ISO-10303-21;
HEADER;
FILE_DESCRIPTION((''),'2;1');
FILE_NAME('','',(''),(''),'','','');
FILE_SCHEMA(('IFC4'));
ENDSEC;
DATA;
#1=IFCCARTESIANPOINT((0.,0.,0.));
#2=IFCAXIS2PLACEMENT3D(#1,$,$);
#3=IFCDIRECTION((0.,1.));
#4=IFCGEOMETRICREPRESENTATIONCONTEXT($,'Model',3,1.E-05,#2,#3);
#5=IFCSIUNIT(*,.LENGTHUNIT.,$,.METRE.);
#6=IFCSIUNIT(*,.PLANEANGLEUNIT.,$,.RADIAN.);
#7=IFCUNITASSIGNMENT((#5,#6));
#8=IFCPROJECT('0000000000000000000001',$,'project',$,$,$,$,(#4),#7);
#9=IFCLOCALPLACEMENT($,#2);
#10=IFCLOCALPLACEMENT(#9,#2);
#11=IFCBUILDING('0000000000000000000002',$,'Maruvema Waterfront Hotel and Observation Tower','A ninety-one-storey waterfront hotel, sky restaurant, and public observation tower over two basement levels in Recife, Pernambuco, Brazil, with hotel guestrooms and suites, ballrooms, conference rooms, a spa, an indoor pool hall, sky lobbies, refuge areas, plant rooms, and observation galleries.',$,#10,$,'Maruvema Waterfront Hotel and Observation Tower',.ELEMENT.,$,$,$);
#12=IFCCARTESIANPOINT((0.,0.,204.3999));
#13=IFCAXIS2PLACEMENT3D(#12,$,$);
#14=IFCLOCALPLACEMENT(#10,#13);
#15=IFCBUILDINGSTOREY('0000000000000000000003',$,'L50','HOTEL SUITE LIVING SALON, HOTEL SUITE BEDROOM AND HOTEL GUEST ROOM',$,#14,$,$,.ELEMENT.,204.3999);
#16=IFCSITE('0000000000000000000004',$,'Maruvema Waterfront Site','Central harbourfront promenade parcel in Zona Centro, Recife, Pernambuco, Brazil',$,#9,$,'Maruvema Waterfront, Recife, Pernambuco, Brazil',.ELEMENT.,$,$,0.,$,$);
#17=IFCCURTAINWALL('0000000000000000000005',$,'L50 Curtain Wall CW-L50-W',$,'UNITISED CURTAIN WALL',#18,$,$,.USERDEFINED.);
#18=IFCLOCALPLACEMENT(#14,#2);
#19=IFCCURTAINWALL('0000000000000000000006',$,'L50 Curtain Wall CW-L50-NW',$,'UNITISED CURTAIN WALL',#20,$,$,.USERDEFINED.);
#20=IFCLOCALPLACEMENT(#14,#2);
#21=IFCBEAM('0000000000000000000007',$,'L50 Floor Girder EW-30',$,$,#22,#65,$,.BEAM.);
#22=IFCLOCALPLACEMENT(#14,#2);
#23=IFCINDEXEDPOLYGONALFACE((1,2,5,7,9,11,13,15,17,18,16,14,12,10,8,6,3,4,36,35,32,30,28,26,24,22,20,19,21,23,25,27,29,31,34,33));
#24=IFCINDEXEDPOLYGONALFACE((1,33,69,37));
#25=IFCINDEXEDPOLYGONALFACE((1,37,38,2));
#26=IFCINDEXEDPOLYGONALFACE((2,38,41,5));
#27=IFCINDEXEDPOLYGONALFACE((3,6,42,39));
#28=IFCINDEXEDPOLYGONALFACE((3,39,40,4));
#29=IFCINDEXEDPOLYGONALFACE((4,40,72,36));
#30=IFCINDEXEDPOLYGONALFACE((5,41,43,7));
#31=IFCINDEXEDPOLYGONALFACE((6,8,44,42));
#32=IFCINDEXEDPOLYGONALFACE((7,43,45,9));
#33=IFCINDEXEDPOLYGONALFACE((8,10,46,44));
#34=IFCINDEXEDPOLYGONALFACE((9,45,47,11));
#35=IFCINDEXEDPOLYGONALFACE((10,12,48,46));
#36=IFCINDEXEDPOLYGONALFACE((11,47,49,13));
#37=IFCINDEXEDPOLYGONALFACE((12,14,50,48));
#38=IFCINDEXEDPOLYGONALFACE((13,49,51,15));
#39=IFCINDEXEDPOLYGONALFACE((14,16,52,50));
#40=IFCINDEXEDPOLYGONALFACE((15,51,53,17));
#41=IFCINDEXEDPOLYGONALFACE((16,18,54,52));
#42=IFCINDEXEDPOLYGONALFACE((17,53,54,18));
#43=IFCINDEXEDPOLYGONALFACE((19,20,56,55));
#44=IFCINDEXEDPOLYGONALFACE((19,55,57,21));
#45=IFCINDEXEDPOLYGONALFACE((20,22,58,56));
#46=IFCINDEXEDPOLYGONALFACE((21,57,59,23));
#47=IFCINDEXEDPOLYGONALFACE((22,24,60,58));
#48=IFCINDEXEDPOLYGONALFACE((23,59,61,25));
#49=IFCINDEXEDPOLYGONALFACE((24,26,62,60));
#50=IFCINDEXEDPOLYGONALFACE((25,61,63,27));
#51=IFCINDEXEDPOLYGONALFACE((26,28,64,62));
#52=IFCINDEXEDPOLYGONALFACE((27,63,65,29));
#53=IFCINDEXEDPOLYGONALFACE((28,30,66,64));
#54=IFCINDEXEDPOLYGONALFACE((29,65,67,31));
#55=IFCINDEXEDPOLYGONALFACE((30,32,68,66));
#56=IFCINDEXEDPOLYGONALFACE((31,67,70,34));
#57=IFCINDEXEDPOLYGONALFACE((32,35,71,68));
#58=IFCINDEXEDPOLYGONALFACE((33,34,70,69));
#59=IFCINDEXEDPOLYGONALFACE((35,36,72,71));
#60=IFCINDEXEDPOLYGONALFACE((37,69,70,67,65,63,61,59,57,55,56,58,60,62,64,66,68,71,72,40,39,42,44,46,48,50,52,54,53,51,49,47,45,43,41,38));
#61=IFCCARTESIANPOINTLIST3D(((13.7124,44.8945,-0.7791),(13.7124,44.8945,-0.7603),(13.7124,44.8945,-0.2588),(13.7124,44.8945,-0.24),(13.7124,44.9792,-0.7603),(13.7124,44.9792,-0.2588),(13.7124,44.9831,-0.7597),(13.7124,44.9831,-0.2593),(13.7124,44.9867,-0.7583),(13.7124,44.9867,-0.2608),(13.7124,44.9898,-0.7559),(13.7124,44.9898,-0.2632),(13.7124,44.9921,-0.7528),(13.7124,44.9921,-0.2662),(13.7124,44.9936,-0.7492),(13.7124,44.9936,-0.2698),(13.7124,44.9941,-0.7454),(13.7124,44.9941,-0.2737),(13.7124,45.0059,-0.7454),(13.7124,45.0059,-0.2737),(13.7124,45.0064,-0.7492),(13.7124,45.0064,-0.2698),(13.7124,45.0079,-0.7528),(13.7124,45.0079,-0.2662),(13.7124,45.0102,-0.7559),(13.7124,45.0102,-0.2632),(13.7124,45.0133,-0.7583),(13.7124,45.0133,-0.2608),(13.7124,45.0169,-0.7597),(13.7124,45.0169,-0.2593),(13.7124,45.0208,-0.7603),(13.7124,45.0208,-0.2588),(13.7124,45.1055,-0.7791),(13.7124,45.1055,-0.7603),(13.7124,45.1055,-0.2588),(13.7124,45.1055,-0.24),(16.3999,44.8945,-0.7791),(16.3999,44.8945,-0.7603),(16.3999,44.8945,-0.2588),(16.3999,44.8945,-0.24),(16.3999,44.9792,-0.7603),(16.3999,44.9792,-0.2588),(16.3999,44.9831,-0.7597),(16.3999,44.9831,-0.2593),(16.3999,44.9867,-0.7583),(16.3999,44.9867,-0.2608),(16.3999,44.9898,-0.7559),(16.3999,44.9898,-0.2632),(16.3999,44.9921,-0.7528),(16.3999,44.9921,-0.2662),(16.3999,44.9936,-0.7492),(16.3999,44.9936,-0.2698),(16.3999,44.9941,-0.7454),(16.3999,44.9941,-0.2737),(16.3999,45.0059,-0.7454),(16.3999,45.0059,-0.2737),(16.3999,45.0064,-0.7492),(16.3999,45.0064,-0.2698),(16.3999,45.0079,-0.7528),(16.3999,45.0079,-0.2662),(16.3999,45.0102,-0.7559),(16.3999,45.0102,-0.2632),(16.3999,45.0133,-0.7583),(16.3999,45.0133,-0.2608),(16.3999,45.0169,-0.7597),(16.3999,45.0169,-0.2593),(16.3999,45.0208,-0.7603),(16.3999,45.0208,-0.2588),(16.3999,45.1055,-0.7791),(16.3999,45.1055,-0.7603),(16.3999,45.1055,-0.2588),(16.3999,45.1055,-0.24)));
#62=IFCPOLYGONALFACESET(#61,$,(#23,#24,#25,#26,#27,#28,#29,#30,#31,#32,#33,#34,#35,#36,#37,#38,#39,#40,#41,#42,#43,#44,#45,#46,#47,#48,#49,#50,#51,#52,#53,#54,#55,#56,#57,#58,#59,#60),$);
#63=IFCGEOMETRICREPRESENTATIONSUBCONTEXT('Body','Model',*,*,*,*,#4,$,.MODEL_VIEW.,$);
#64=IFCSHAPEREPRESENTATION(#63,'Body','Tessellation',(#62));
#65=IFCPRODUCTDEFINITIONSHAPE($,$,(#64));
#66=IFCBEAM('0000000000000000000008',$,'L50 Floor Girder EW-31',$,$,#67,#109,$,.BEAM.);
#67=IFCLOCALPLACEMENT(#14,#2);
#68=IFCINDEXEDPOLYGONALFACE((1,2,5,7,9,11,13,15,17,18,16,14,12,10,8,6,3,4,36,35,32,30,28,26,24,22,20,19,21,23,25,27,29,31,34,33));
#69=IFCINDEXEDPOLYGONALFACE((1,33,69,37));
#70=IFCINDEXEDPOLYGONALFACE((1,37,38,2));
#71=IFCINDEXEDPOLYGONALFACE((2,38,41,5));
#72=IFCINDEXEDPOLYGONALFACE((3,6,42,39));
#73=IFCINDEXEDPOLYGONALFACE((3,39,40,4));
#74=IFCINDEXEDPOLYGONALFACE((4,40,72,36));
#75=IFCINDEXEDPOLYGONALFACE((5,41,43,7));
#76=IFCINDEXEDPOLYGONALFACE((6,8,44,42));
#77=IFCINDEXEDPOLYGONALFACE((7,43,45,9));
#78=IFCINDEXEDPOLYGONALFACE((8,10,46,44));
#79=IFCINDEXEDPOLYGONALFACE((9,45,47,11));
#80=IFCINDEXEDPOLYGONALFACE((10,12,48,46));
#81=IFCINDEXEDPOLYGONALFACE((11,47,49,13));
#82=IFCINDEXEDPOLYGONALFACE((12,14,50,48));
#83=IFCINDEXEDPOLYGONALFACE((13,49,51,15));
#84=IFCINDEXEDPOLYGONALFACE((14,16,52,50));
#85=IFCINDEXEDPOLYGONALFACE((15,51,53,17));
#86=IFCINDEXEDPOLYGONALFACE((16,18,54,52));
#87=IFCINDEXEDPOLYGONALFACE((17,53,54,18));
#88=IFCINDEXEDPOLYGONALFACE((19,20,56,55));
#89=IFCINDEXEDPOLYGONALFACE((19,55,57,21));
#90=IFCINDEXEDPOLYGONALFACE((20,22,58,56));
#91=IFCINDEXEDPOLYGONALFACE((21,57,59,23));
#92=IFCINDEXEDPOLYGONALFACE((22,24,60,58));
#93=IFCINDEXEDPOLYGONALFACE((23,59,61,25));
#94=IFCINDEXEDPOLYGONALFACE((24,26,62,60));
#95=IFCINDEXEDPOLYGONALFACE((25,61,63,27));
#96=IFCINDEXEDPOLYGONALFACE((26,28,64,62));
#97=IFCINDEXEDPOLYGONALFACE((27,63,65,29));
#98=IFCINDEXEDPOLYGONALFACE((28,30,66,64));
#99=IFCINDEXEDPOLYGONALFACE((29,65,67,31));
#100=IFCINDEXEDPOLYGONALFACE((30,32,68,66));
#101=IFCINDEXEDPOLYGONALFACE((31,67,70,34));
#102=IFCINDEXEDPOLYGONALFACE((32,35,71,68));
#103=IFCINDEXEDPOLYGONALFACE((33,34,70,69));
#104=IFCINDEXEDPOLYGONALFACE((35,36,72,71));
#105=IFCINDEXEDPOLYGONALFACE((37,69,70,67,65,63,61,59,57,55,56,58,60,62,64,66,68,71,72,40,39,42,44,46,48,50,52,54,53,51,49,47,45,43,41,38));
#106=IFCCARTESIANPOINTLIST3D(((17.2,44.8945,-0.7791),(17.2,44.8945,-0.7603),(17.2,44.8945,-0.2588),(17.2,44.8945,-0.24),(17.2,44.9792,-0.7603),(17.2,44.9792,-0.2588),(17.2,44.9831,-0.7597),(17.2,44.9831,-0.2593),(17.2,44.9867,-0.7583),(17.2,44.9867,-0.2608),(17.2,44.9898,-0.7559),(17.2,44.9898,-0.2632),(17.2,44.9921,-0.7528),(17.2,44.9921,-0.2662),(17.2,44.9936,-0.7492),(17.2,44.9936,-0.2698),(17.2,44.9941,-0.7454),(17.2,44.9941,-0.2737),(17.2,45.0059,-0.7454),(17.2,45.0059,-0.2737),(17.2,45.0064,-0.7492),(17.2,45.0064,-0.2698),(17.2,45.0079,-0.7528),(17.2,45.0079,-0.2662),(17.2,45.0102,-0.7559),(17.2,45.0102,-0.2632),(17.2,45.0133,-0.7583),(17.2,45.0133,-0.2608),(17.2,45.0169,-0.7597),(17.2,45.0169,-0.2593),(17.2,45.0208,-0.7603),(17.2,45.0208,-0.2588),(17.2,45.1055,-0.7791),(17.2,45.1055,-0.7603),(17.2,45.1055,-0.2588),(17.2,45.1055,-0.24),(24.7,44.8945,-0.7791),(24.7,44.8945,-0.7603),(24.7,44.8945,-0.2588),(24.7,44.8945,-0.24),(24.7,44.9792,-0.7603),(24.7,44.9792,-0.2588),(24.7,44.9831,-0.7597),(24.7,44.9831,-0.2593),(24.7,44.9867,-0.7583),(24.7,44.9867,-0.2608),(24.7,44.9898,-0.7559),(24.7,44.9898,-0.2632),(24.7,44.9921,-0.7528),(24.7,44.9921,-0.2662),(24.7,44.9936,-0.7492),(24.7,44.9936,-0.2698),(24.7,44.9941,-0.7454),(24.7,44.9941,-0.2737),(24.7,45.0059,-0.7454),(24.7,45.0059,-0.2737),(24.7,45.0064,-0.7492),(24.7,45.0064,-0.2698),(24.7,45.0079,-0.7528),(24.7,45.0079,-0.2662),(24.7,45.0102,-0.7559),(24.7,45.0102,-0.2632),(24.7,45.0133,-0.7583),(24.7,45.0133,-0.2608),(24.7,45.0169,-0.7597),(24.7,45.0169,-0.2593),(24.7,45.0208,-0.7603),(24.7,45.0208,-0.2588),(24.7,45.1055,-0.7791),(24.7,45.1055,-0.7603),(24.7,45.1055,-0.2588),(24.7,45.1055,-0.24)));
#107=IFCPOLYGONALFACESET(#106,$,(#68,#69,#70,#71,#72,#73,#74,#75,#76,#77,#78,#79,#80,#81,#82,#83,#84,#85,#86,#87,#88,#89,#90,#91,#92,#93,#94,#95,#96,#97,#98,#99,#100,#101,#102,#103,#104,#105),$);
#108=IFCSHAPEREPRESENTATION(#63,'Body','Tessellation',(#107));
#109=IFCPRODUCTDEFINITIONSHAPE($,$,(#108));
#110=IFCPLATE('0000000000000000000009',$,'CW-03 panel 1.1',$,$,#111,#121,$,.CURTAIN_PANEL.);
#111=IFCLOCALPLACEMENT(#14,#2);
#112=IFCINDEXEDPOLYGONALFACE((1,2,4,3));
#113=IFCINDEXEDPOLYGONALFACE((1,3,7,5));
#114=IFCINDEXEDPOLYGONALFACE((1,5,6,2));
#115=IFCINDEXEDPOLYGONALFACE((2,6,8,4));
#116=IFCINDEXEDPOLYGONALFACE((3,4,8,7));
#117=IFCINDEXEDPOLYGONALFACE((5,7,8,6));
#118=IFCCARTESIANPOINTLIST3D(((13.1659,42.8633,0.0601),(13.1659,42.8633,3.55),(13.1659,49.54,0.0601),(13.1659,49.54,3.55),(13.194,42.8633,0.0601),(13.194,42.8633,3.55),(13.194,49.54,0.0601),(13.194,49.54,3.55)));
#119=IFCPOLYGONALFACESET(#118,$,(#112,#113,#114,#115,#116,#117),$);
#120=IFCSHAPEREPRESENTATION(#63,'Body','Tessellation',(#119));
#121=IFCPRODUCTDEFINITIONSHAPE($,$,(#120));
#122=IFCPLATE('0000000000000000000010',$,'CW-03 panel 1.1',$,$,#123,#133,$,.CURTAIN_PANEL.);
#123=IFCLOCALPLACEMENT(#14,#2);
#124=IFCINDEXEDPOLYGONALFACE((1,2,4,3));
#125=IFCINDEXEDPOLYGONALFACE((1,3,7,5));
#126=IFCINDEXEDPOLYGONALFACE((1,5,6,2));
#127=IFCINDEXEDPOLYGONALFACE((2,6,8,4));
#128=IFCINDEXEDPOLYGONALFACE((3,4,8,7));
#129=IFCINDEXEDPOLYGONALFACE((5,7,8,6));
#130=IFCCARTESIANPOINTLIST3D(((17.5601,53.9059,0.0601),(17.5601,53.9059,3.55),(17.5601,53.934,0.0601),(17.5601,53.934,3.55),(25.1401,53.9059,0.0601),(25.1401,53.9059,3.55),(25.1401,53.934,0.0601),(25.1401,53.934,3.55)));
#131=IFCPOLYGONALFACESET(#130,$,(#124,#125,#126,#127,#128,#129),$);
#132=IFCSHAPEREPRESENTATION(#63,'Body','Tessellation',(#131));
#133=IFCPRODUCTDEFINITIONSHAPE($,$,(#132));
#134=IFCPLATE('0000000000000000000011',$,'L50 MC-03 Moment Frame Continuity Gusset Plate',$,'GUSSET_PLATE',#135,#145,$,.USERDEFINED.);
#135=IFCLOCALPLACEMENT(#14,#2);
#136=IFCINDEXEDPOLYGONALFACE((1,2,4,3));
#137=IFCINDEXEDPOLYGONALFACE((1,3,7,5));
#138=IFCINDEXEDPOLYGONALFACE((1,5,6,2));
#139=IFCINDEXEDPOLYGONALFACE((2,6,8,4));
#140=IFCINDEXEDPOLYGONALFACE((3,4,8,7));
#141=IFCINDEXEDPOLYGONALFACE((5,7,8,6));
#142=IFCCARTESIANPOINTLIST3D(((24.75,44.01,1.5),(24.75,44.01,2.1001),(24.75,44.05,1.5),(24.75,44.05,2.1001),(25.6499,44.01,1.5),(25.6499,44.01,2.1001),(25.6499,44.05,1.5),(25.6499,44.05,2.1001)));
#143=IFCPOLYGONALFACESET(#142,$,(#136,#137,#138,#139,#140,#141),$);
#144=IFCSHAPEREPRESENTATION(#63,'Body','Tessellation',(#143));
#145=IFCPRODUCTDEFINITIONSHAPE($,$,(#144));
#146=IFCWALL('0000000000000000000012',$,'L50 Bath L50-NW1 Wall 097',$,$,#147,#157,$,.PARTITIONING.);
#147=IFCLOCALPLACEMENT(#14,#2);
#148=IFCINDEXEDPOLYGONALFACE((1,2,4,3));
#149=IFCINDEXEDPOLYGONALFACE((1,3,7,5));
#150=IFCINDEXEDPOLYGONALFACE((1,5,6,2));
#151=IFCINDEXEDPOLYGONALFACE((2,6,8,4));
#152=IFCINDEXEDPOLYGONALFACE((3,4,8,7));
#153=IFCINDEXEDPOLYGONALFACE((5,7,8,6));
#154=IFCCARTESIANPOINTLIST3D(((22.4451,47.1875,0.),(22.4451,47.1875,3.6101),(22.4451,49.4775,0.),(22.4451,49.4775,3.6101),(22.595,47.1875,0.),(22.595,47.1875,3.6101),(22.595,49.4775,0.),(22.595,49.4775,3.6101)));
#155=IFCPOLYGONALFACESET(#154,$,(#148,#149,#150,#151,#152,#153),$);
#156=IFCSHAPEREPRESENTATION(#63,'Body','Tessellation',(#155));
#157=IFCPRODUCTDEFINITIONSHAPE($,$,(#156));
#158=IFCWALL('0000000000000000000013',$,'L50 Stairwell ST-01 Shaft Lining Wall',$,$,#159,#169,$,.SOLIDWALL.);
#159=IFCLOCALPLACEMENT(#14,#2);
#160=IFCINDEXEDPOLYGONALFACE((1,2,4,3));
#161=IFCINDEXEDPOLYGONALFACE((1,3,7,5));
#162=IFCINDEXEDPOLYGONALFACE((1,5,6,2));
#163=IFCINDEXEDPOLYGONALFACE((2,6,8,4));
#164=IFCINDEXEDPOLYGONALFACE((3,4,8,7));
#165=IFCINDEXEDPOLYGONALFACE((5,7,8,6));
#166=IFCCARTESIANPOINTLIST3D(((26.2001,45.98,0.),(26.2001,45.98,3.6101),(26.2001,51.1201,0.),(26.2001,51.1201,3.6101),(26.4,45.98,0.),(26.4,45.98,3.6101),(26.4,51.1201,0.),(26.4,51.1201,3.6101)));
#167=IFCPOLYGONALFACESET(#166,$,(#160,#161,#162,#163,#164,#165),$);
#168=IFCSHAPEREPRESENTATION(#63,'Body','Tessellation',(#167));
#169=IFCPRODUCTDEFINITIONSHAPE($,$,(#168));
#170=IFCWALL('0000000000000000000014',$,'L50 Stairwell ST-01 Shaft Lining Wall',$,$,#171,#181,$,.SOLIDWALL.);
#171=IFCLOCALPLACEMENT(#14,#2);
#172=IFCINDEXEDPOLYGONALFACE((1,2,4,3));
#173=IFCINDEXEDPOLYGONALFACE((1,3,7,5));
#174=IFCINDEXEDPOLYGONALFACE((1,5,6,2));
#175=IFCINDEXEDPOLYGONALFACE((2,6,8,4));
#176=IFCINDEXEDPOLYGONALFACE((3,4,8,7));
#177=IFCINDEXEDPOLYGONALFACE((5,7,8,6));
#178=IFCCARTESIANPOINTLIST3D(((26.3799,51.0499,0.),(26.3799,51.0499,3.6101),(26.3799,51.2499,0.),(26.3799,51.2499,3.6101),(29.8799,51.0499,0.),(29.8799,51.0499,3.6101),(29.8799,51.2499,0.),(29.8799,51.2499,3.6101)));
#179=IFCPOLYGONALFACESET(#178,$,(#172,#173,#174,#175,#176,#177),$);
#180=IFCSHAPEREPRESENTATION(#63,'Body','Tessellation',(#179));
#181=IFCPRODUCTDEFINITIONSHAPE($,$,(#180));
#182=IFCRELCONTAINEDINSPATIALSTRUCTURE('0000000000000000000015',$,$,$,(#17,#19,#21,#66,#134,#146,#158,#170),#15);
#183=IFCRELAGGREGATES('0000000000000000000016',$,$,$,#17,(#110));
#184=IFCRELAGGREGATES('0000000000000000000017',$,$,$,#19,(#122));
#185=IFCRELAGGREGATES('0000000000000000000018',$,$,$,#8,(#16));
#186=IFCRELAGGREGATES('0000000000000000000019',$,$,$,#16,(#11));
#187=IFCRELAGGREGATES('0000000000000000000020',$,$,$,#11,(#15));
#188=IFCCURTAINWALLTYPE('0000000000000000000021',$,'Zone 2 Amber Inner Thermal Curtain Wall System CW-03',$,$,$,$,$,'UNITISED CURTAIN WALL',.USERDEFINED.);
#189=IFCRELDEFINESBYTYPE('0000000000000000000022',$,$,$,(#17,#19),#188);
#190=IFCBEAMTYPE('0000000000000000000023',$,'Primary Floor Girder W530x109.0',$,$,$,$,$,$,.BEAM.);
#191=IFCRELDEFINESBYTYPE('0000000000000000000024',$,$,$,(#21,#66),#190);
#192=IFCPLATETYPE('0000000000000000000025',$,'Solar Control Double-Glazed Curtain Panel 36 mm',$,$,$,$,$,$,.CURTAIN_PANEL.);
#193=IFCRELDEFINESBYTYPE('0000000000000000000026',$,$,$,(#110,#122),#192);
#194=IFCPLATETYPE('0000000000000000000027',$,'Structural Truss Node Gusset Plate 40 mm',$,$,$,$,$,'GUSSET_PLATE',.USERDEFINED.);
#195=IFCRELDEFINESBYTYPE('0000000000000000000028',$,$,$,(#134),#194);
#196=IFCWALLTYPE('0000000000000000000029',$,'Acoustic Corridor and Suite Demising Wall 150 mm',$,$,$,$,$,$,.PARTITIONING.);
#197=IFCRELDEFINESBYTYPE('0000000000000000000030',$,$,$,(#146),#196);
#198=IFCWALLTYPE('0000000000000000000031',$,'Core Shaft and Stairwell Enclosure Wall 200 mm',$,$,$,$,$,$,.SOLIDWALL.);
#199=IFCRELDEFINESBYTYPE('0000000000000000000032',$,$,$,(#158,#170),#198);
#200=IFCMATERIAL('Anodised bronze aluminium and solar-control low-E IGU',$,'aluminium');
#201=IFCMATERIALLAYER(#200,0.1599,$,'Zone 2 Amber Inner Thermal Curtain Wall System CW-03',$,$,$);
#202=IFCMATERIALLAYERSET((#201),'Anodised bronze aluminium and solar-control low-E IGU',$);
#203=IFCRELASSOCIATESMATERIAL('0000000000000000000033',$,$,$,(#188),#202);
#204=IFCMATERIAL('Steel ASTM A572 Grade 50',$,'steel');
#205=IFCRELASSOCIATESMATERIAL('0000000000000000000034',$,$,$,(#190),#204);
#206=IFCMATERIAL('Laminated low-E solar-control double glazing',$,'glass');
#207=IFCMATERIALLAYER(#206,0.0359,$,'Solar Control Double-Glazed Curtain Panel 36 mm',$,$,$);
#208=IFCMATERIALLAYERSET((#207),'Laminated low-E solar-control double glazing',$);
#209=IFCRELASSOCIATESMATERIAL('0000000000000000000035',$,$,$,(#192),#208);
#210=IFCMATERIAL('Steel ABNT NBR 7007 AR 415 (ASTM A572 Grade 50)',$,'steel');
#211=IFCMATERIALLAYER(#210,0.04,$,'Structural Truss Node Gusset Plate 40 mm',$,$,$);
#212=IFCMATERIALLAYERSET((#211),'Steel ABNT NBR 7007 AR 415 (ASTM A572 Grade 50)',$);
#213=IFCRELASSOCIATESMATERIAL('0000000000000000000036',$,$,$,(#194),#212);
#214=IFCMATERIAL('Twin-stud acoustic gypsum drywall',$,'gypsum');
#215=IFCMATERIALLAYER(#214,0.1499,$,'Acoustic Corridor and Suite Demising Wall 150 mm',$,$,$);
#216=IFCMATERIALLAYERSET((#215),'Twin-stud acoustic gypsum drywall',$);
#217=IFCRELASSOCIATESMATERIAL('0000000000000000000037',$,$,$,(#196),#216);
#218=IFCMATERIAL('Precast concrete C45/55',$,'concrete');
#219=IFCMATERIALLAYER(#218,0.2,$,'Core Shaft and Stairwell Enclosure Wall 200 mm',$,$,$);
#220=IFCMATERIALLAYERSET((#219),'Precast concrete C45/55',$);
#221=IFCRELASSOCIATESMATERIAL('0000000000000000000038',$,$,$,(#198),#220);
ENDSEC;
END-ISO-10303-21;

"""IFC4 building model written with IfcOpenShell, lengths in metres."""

from ifc_helpers import new_model, si_unit, direction, frame, frame_2d, origin, origin_2d, place, context, subcontext, project, spatial, rectangle, i_section, extrude, material, layer, layer_set, material_profile, profile_set, type_object, element, aggregate, save


model = new_model("IFC4")

# Units and contexts
model_context = context("Model", 3, precision=1e-05, world=origin(), true_north=direction((0.0, 1.0)))
body_context = subcontext(model_context, "Body", "Model", "MODEL_VIEW")
ifc_project = project(units=[si_unit("LENGTHUNIT", "METRE"), si_unit("PLANEANGLEUNIT", "RADIAN")], contexts=[model_context])

# Site, building, storey
site_placement = place(None, origin())
site = spatial("IfcSite", under=ifc_project, at=site_placement, Name="Maruvema Waterfront Site", Description="Central harbourfront promenade parcel in Zona Centro, Recife, Pernambuco, Brazil", LongName="Maruvema Waterfront, Recife, Pernambuco, Brazil", CompositionType="ELEMENT", RefElevation=0.0)
building_placement = place(site_placement, origin())
building = spatial("IfcBuilding", under=site, at=building_placement, Name="Maruvema Waterfront Hotel and Observation Tower", Description="A ninety-one-storey waterfront hotel, sky restaurant, and public observation tower over two basement levels in Recife, Pernambuco, Brazil, with hotel guestrooms and suites, ballrooms, conference rooms, a spa, an indoor pool hall, sky lobbies, refuge areas, plant rooms, and observation galleries.", LongName="Maruvema Waterfront Hotel and Observation Tower", CompositionType="ELEMENT")
storey_placement = place(building_placement, frame((0.0, 0.0, 204.3999)))
storey = spatial("IfcBuildingStorey", under=building, at=storey_placement, Name="L50", Description="HOTEL SUITE LIVING SALON, HOTEL SUITE BEDROOM AND HOTEL GUEST ROOM", CompositionType="ELEMENT", Elevation=204.3999)

# Curtain walls
ifc_material_1 = material(Name="Anodised bronze aluminium and solar-control low-E IGU", Category="aluminium")
ifc_layer_1 = layer(ifc_material_1, 0.1599, Name="Zone 2 Amber Inner Thermal Curtain Wall System CW-03")
ifc_layer_set_1 = layer_set([ifc_layer_1], Name="Anodised bronze aluminium and solar-control low-E IGU")
curtain_wall_type = type_object("IfcCurtainWallType", Name="Zone 2 Amber Inner Thermal Curtain Wall System CW-03", ElementType="UNITISED CURTAIN WALL", PredefinedType="USERDEFINED", material=ifc_layer_set_1)
curtain_wall_1_placement = place(storey_placement, origin())
curtain_wall_1 = element("IfcCurtainWall", 1, at=curtain_wall_1_placement, inside=storey, type_object=curtain_wall_type, Name="L50 Curtain Wall CW-L50-W", ObjectType="UNITISED CURTAIN WALL", PredefinedType="USERDEFINED")
curtain_wall_2_placement = place(storey_placement, origin())
curtain_wall_2 = element("IfcCurtainWall", 2, at=curtain_wall_2_placement, inside=storey, type_object=curtain_wall_type, Name="L50 Curtain Wall CW-L50-NW", ObjectType="UNITISED CURTAIN WALL", PredefinedType="USERDEFINED")

# Beams
ifc_material_2 = material(Name="Steel ASTM A572 Grade 50", Category="steel")
ifc_material_profile_1 = material_profile(ifc_material_2, i_section(OverallWidth=0.2109, OverallDepth=0.5391, WebThickness=0.0117, FlangeThickness=0.0188, FilletRadius=0.0149, at=origin_2d()), Name="W530x109.0")
ifc_profile_set_1 = profile_set([ifc_material_profile_1], Name="Steel ASTM A572 Grade 50")
beam_type = type_object("IfcBeamType", Name="Primary Floor Girder W530x109.0", PredefinedType="BEAM", material=ifc_profile_set_1)
beam_1_placement = place(storey_placement, frame((13.7124, 45.0, -0.5095), z_axis=(1.0, 0.0, 0.0), x_axis=(0.0, 1.0, 0.0)))
element("IfcBeam", 3, at=beam_1_placement, inside=storey, type_object=beam_type, Name="L50 Floor Girder EW-30", PredefinedType="BEAM", context=body_context, shape_type="SweptSolid", body=[
    extrude(i_section(OverallWidth=0.2109, OverallDepth=0.5391, WebThickness=0.0117, FlangeThickness=0.0188, FilletRadius=0.0149, at=origin_2d()), origin(), (0.0, 0.0, 1.0), 2.6875),
])
beam_2_placement = place(storey_placement, frame((17.2, 45.0, -0.5095), z_axis=(1.0, 0.0, 0.0), x_axis=(0.0, 1.0, 0.0)))
element("IfcBeam", 4, at=beam_2_placement, inside=storey, type_object=beam_type, Name="L50 Floor Girder EW-31", PredefinedType="BEAM", context=body_context, shape_type="SweptSolid", body=[
    extrude(i_section(OverallWidth=0.2109, OverallDepth=0.5391, WebThickness=0.0117, FlangeThickness=0.0188, FilletRadius=0.0149, at=origin_2d()), origin(), (0.0, 0.0, 1.0), 7.5),
])

# Plates
ifc_material_3 = material(Name="Laminated low-E solar-control double glazing", Category="glass")
ifc_layer_2 = layer(ifc_material_3, 0.0359, Name="Solar Control Double-Glazed Curtain Panel 36 mm")
ifc_layer_set_2 = layer_set([ifc_layer_2], Name="Laminated low-E solar-control double glazing")
plate_type_1 = type_object("IfcPlateType", Name="Solar Control Double-Glazed Curtain Panel 36 mm", PredefinedType="CURTAIN_PANEL", material=ifc_layer_set_2)
plate_1_placement = place(storey_placement, frame((13.1799, 46.2017, 0.0601), z_axis=(0.0, 0.0, 1.0), x_axis=(0.0, -1.0, 0.0)))
plate_1 = element("IfcPlate", 5, at=plate_1_placement, type_object=plate_type_1, Name="CW-03 panel 1.1", PredefinedType="CURTAIN_PANEL", context=body_context, shape_type="SweptSolid", body=[
    extrude(rectangle(XDim=6.6768, YDim=0.0281, at=origin_2d()), origin(), (0.0, 0.0, 1.0), 3.49),
])
aggregate(curtain_wall_1, [plate_1])
plate_2_placement = place(storey_placement, frame((21.3501, 53.9199, 0.0601), z_axis=(0.0, 0.0, 1.0), x_axis=(-1.0, 0.0, 0.0)))
plate_2 = element("IfcPlate", 6, at=plate_2_placement, type_object=plate_type_1, Name="CW-03 panel 1.1", PredefinedType="CURTAIN_PANEL", context=body_context, shape_type="SweptSolid", body=[
    extrude(rectangle(XDim=7.5801, YDim=0.0281, at=origin_2d()), origin(), (0.0, 0.0, 1.0), 3.49),
])
aggregate(curtain_wall_2, [plate_2])
ifc_material_4 = material(Name="Steel ABNT NBR 7007 AR 415 (ASTM A572 Grade 50)", Category="steel")
ifc_layer_3 = layer(ifc_material_4, 0.04, Name="Structural Truss Node Gusset Plate 40 mm")
ifc_layer_set_3 = layer_set([ifc_layer_3], Name="Steel ABNT NBR 7007 AR 415 (ASTM A572 Grade 50)")
plate_type_2 = type_object("IfcPlateType", Name="Structural Truss Node Gusset Plate 40 mm", ElementType="GUSSET_PLATE", PredefinedType="USERDEFINED", material=ifc_layer_set_3)
plate_3_placement = place(storey_placement, frame((25.2, 44.03, 1.5), z_axis=(0.0, 0.0, 1.0), x_axis=(1.0, 0.0, 0.0)))
element("IfcPlate", 7, at=plate_3_placement, inside=storey, type_object=plate_type_2, Name="L50 MC-03 Moment Frame Continuity Gusset Plate", ObjectType="GUSSET_PLATE", PredefinedType="USERDEFINED", context=body_context, shape_type="SweptSolid", body=[
    extrude(rectangle(XDim=0.8999, YDim=0.04, at=origin_2d()), origin(), (0.0, 0.0, 1.0), 0.6001),
])

# Walls
ifc_material_5 = material(Name="Twin-stud acoustic gypsum drywall", Category="gypsum")
ifc_layer_4 = layer(ifc_material_5, 0.1499, Name="Acoustic Corridor and Suite Demising Wall 150 mm")
ifc_layer_set_4 = layer_set([ifc_layer_4], Name="Twin-stud acoustic gypsum drywall")
wall_type_1 = type_object("IfcWallType", Name="Acoustic Corridor and Suite Demising Wall 150 mm", PredefinedType="PARTITIONING", material=ifc_layer_set_4)
wall_1_placement = place(storey_placement, frame((22.52, 47.1875, 0.0), z_axis=(0.0, 0.0, 1.0), x_axis=(0.0, 1.0, 0.0)))
element("IfcWall", 8, at=wall_1_placement, inside=storey, type_object=wall_type_1, Name="L50 Bath L50-NW1 Wall 097", PredefinedType="PARTITIONING", context=body_context, shape_type="SweptSolid", body=[
    extrude(rectangle(XDim=2.29, YDim=0.1499, at=frame_2d((1.145, 0.0))), origin(), (0.0, 0.0, 1.0), 3.6101),
])
ifc_material_6 = material(Name="Precast concrete C45/55", Category="concrete")
ifc_layer_5 = layer(ifc_material_6, 0.2, Name="Core Shaft and Stairwell Enclosure Wall 200 mm")
ifc_layer_set_5 = layer_set([ifc_layer_5], Name="Precast concrete C45/55")
wall_type_2 = type_object("IfcWallType", Name="Core Shaft and Stairwell Enclosure Wall 200 mm", PredefinedType="SOLIDWALL", material=ifc_layer_set_5)
wall_2_placement = place(storey_placement, frame((26.3, 45.98, 0.0), z_axis=(0.0, 0.0, 1.0), x_axis=(0.0, 1.0, 0.0)))
element("IfcWall", 9, at=wall_2_placement, inside=storey, type_object=wall_type_2, Name="L50 Stairwell ST-01 Shaft Lining Wall", PredefinedType="SOLIDWALL", context=body_context, shape_type="SweptSolid", body=[
    extrude(rectangle(XDim=5.1401, YDim=0.2, at=frame_2d((2.5701, 0.0))), origin(), (0.0, 0.0, 1.0), 3.6101),
])
wall_3_placement = place(storey_placement, frame((26.3799, 51.1499, 0.0), z_axis=(0.0, 0.0, 1.0), x_axis=(1.0, 0.0, 0.0)))
element("IfcWall", 10, at=wall_3_placement, inside=storey, type_object=wall_type_2, Name="L50 Stairwell ST-01 Shaft Lining Wall", PredefinedType="SOLIDWALL", context=body_context, shape_type="SweptSolid", body=[
    extrude(rectangle(XDim=3.5, YDim=0.2, at=frame_2d((1.75, 0.0))), origin(), (0.0, 0.0, 1.0), 3.6101),
])

save(model, "model.ifc")
